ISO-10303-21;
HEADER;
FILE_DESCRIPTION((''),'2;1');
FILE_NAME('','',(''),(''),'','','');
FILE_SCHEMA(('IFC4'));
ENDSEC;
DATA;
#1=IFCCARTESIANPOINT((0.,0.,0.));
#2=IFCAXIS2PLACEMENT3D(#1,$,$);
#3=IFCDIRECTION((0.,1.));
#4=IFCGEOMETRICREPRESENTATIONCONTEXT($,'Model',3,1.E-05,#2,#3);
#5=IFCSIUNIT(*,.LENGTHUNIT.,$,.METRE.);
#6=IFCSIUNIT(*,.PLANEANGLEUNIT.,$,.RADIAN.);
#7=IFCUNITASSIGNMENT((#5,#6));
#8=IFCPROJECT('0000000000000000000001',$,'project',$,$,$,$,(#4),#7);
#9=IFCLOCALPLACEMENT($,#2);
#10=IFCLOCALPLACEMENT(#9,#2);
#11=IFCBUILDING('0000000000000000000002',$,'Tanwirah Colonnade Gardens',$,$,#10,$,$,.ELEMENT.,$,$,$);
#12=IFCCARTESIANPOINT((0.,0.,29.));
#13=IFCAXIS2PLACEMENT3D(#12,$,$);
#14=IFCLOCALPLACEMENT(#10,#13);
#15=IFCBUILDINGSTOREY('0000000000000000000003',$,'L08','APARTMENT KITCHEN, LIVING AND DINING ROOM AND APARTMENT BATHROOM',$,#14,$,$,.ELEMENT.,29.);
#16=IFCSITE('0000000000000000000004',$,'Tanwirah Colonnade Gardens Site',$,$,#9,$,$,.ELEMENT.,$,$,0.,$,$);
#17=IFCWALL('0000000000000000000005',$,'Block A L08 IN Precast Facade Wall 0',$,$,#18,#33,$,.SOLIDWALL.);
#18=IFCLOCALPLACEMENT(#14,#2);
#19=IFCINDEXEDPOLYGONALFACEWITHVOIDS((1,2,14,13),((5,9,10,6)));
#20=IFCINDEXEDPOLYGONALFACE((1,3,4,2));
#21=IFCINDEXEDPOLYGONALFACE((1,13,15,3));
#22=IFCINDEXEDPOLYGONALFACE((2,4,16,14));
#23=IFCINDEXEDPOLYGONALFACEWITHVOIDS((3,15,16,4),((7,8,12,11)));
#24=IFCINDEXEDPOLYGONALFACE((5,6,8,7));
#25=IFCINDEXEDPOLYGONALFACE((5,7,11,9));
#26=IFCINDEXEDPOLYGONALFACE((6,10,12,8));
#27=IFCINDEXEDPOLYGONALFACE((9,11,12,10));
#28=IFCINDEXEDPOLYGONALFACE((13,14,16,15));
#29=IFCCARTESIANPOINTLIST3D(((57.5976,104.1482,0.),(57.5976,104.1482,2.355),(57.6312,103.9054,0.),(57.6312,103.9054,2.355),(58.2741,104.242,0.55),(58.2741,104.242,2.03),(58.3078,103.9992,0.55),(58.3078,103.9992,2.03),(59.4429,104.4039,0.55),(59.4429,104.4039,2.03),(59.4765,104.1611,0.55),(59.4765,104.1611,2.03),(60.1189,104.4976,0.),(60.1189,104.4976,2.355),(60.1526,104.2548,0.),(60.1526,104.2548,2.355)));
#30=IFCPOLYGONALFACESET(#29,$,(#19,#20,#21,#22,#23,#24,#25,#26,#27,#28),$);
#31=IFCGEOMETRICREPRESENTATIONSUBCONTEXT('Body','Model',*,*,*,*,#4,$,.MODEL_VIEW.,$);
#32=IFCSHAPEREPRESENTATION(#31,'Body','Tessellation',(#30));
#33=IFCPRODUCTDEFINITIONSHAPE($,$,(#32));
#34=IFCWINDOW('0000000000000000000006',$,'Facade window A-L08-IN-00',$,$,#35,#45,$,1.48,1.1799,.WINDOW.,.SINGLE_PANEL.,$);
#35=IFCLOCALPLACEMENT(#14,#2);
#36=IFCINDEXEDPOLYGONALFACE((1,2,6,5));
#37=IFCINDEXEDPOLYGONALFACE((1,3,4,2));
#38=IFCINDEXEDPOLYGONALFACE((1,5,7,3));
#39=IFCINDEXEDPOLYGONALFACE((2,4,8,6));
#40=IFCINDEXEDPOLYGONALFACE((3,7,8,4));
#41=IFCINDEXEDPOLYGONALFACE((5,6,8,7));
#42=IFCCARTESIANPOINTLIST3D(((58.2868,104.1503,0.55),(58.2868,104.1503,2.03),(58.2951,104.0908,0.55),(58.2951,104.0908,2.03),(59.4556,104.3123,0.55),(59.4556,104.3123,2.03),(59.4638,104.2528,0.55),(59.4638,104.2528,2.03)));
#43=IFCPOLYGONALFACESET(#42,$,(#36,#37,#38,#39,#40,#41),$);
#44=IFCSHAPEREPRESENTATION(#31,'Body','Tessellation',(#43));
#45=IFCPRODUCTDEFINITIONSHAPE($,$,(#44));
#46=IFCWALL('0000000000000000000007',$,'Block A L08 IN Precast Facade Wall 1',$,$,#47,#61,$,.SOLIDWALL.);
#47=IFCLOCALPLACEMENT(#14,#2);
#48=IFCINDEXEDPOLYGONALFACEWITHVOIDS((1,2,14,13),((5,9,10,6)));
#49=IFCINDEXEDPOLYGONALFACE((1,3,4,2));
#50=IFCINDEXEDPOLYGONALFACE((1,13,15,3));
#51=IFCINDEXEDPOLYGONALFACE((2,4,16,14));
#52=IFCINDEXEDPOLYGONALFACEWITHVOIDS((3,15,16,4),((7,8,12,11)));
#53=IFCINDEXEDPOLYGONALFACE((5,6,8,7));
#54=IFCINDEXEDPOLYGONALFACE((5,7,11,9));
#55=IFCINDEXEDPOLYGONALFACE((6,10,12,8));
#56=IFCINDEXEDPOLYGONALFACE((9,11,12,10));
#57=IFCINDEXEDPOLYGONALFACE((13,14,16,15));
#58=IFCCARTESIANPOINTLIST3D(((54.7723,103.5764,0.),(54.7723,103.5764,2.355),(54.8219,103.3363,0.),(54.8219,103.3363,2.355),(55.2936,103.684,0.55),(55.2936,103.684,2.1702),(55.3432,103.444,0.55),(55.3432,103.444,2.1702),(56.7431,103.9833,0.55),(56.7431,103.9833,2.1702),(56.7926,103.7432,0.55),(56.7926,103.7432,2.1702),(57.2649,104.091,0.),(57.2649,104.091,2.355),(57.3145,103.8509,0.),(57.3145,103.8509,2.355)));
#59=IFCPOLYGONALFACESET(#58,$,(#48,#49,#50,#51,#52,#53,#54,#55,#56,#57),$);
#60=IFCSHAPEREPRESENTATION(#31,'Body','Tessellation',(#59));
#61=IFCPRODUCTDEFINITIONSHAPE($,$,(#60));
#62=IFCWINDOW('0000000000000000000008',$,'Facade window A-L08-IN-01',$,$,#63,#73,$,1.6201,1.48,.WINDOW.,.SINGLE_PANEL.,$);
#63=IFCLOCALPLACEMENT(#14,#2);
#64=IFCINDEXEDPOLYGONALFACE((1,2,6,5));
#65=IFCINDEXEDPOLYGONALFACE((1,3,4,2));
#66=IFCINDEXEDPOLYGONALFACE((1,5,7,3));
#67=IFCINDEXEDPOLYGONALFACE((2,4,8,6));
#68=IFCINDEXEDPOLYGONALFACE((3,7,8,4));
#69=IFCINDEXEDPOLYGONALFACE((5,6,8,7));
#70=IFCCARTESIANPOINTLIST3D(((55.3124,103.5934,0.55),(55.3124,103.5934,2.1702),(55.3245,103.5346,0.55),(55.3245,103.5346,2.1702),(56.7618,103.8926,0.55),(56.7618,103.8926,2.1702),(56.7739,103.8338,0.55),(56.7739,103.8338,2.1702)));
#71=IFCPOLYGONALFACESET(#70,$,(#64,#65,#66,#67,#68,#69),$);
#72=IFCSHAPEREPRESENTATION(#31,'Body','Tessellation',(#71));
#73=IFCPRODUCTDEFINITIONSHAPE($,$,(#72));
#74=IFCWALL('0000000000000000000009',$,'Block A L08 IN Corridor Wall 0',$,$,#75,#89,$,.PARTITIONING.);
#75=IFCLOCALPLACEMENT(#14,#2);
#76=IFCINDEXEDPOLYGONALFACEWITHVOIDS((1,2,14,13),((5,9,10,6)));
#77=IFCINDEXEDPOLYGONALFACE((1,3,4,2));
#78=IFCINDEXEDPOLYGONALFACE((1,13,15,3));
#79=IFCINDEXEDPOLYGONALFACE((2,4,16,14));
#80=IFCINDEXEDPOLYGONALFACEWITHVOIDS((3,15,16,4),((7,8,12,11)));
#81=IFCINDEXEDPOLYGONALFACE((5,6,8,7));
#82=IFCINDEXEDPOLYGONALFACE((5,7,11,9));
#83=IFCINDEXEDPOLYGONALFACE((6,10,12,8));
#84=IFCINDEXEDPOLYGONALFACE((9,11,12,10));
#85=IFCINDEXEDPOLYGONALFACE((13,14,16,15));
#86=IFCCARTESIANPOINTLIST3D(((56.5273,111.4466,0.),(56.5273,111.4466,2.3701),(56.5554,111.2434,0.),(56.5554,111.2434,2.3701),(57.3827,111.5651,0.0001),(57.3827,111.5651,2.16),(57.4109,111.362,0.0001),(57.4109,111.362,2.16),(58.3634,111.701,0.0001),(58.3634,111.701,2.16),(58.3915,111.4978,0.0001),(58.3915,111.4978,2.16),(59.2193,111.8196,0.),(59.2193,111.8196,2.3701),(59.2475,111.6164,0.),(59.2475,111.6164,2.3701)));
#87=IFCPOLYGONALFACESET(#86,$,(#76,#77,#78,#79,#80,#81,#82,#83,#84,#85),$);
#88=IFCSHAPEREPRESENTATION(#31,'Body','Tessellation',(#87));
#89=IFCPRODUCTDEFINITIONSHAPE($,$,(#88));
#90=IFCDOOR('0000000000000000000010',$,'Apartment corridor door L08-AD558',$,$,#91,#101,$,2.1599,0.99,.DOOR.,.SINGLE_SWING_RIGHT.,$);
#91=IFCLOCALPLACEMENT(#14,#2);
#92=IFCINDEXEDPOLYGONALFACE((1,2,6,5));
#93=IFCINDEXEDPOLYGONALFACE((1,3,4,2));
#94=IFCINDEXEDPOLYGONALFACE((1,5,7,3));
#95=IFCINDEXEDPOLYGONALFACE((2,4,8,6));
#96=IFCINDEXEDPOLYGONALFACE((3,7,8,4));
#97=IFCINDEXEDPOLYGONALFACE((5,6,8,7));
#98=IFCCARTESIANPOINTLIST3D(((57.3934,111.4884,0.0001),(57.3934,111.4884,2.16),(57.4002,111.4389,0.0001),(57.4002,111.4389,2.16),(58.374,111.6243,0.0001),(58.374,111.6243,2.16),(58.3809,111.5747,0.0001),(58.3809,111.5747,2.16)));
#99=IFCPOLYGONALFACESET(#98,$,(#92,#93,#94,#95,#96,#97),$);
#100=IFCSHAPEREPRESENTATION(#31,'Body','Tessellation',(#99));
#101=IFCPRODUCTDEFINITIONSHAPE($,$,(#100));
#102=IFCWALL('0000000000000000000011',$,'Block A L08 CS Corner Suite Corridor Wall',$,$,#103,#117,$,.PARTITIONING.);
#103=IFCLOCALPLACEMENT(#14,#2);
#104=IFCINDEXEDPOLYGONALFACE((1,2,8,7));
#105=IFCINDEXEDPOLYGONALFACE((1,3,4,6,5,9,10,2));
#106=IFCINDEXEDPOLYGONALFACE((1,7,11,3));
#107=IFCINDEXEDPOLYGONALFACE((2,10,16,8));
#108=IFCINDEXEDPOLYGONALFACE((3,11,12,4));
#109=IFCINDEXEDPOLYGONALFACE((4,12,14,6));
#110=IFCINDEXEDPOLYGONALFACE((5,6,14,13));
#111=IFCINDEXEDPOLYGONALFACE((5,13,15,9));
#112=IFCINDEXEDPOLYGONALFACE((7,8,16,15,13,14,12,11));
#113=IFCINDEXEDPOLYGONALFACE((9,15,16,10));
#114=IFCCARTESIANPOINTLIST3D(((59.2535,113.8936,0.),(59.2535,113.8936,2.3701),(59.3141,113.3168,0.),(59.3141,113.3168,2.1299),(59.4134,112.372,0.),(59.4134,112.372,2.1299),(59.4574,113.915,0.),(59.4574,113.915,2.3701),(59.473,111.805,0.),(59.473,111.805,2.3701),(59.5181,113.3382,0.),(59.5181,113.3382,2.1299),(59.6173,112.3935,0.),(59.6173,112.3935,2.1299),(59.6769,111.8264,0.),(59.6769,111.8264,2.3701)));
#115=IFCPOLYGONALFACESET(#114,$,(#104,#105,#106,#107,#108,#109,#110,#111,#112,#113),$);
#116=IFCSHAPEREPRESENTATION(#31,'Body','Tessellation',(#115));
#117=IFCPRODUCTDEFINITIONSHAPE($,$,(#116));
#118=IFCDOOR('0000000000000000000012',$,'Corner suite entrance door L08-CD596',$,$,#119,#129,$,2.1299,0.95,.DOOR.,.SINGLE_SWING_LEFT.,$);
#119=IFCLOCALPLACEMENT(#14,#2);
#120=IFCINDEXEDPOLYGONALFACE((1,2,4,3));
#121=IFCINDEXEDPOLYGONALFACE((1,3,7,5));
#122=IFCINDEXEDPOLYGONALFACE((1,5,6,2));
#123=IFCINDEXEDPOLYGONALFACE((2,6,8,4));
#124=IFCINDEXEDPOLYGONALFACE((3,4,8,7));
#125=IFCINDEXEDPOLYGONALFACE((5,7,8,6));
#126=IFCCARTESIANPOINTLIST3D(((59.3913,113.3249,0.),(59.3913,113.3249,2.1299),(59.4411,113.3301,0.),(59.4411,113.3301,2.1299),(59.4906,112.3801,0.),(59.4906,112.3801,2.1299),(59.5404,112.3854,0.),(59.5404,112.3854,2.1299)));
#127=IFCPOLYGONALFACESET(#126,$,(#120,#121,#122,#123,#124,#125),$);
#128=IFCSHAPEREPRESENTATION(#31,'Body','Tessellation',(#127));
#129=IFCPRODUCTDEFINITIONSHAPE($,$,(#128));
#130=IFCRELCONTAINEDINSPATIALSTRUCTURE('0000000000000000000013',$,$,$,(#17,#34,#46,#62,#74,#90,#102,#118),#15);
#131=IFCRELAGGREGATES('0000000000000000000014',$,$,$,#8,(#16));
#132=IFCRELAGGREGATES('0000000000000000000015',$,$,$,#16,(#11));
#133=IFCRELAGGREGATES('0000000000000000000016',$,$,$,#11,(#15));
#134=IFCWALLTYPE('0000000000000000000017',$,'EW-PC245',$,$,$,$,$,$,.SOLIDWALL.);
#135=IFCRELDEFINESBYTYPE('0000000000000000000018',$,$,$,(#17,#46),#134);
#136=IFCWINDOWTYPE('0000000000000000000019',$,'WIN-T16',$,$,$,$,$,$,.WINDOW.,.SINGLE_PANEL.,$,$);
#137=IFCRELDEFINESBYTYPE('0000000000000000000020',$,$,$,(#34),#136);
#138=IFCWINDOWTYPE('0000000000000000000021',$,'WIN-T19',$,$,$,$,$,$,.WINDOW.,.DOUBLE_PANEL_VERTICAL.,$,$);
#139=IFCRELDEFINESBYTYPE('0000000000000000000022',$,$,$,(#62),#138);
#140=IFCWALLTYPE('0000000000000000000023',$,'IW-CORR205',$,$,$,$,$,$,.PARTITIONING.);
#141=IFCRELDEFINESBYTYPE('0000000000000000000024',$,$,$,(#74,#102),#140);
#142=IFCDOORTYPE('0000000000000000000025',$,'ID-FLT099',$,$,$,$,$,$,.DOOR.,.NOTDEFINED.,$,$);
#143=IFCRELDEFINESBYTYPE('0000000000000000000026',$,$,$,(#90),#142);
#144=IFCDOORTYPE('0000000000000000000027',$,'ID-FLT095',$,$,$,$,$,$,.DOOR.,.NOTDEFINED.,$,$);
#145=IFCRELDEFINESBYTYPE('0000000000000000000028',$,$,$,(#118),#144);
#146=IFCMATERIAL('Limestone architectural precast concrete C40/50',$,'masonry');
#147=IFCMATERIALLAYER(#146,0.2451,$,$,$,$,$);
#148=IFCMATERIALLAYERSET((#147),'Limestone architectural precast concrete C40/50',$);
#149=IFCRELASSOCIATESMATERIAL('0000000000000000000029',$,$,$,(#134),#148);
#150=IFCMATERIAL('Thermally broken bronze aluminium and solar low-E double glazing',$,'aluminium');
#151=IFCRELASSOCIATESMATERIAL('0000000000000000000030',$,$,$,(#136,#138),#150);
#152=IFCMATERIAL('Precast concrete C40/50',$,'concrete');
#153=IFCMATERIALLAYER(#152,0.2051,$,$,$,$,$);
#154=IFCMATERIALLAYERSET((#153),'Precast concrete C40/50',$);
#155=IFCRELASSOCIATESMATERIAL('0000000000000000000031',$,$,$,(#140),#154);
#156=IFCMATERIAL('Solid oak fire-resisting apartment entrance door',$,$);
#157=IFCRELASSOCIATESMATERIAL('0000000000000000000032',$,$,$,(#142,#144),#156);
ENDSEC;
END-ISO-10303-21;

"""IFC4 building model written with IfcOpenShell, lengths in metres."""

from ifc_helpers import new_model, si_unit, direction, frame, frame_2d, origin, place, context, subcontext, project, spatial, rectangle, extrude, material, layer, layer_set, type_object, element, fill, save


model = new_model("IFC4")

# Units and contexts
model_context = context("Model", 3, precision=1e-05, world=origin(), true_north=direction((0.0, 1.0)))
body_context = subcontext(model_context, "Body", "Model", "MODEL_VIEW")
ifc_project = project(units=[si_unit("LENGTHUNIT", "METRE"), si_unit("PLANEANGLEUNIT", "RADIAN")], contexts=[model_context])

# Site, building, storey
site_placement = place(None, origin())
site = spatial("IfcSite", under=ifc_project, at=site_placement, Name="Tanwirah Colonnade Gardens Site", CompositionType="ELEMENT", RefElevation=0.0)
building_placement = place(site_placement, origin())
building = spatial("IfcBuilding", under=site, at=building_placement, Name="Tanwirah Colonnade Gardens", CompositionType="ELEMENT")
storey_placement = place(building_placement, frame((0.0, 0.0, 29.0)))
storey = spatial("IfcBuildingStorey", under=building, at=storey_placement, Name="L08", Description="APARTMENT KITCHEN, LIVING AND DINING ROOM AND APARTMENT BATHROOM", CompositionType="ELEMENT", Elevation=29.0)

# Shared definitions
ifc_material_1 = material(Name="Precast concrete C40/50", Category="concrete")

# Walls, openings, windows
ifc_material_2 = material(Name="Limestone architectural precast concrete C40/50", Category="masonry")
ifc_layer_1 = layer(ifc_material_2, 0.2451)
ifc_layer_set_1 = layer_set([ifc_layer_1], Name="Limestone architectural precast concrete C40/50")
wall_type_1 = type_object("IfcWallType", Name="EW-PC245", PredefinedType="SOLIDWALL", material=ifc_layer_set_1)
wall_1_placement = place(storey_placement, frame((60.1357, 104.3762, 0.0), z_axis=(0.0, 0.0, 1.0), x_axis=(-0.990535, -0.137257, 0.0)))
wall_1 = element("IfcWall", 1, at=wall_1_placement, inside=storey, type_object=wall_type_1, Name="Block A L08 IN Precast Facade Wall 0", PredefinedType="SOLIDWALL", context=body_context, shape_type="SweptSolid", body=[
    extrude(rectangle(XDim=2.5454, YDim=0.2451, at=frame_2d((1.2727, 0.0))), origin(), (0.0, 0.0, 1.0), 2.355),
])
opening_1_placement = place(wall_1_placement, frame((0.6826, 0.0, 0.55)))
opening_1 = element("IfcOpeningElement", 2, at=opening_1_placement, cuts=wall_1, PredefinedType="OPENING", context=body_context, shape_type="SweptSolid", body=[
    extrude(rectangle(XDim=1.1799, YDim=1.48, at=frame_2d((0.5898, 0.74))), frame((0.0, 0.1326, 0.0), z_axis=(0.0, -1.0, 0.0), x_axis=(1.0, 0.0, 0.0)), (0.0, 0.0, 1.0), 0.2651),
])
ifc_material_3 = material(Name="Thermally broken bronze aluminium and solar low-E double glazing", Category="aluminium")
window_type_1 = type_object("IfcWindowType", Name="WIN-T16", PartitioningType="SINGLE_PANEL", PredefinedType="WINDOW", material=ifc_material_3)
window_1_placement = place(opening_1_placement, origin())
window_1 = element("IfcWindow", 3, at=window_1_placement, inside=storey, type_object=window_type_1, Name="Facade window A-L08-IN-00", OverallHeight=1.48, OverallWidth=1.1799, PartitioningType="SINGLE_PANEL", PredefinedType="WINDOW", context=body_context, shape_type="SweptSolid", body=[
    extrude(rectangle(XDim=1.1799, YDim=1.48, at=frame_2d((0.5898, 0.74))), frame((0.0, 0.03, 0.0), z_axis=(0.0, -1.0, 0.0), x_axis=(1.0, 0.0, 0.0)), (0.0, 0.0, 1.0), 0.0601),
])
fill(opening_1, window_1)
wall_2_placement = place(storey_placement, frame((57.2896, 103.9709, 0.0), z_axis=(0.0, 0.0, 1.0), x_axis=(-0.979344, -0.2022, 0.0)))
wall_2 = element("IfcWall", 4, at=wall_2_placement, inside=storey, type_object=wall_type_1, Name="Block A L08 IN Precast Facade Wall 1", PredefinedType="SOLIDWALL", context=body_context, shape_type="SweptSolid", body=[
    extrude(rectangle(XDim=2.5452, YDim=0.2451, at=frame_2d((1.2725, 0.0))), origin(), (0.0, 0.0, 1.0), 2.355),
])
opening_2_placement = place(wall_2_placement, frame((0.5327, 0.0, 0.55)))
opening_2 = element("IfcOpeningElement", 5, at=opening_2_placement, cuts=wall_2, PredefinedType="OPENING", context=body_context, shape_type="SweptSolid", body=[
    extrude(rectangle(XDim=1.48, YDim=1.6201, at=frame_2d((0.74, 0.8101))), frame((0.0, 0.1326, 0.0), z_axis=(0.0, -1.0, 0.0), x_axis=(1.0, 0.0, 0.0)), (0.0, 0.0, 1.0), 0.2651),
])
window_type_2 = type_object("IfcWindowType", Name="WIN-T19", PartitioningType="DOUBLE_PANEL_VERTICAL", PredefinedType="WINDOW", material=ifc_material_3)
window_2_placement = place(opening_2_placement, origin())
window_2 = element("IfcWindow", 6, at=window_2_placement, inside=storey, type_object=window_type_2, Name="Facade window A-L08-IN-01", OverallHeight=1.6201, OverallWidth=1.48, PartitioningType="SINGLE_PANEL", PredefinedType="WINDOW", context=body_context, shape_type="SweptSolid", body=[
    extrude(rectangle(XDim=1.48, YDim=1.6201, at=frame_2d((0.74, 0.8101))), frame((0.0, 0.03, 0.0), z_axis=(0.0, -1.0, 0.0), x_axis=(1.0, 0.0, 0.0)), (0.0, 0.0, 1.0), 0.0601),
])
fill(opening_2, window_2)

# Walls, openings, doors
ifc_layer_2 = layer(ifc_material_1, 0.2051)
ifc_layer_set_2 = layer_set([ifc_layer_2], Name="Precast concrete C40/50")
wall_type_2 = type_object("IfcWallType", Name="IW-CORR205", PredefinedType="PARTITIONING", material=ifc_layer_set_2)
wall_3_placement = place(storey_placement, frame((59.2334, 111.718, 0.0), z_axis=(0.0, 0.0, 1.0), x_axis=(-0.990535, -0.137257, 0.0)))
wall_3 = element("IfcWall", 7, at=wall_3_placement, inside=storey, type_object=wall_type_2, Name="Block A L08 IN Corridor Wall 0", PredefinedType="PARTITIONING", context=body_context, shape_type="SweptSolid", body=[
    extrude(rectangle(XDim=2.7178, YDim=0.2051, at=frame_2d((1.3589, 0.0))), origin(), (0.0, 0.0, 1.0), 2.3701),
])
opening_3_placement = place(wall_3_placement, frame((0.864, 0.0, 0.0)))
opening_3 = element("IfcOpeningElement", 8, at=opening_3_placement, cuts=wall_3, PredefinedType="OPENING", context=body_context, shape_type="SweptSolid", body=[
    extrude(rectangle(XDim=0.99, YDim=2.1599, at=frame_2d((0.4951, 1.0801))), frame((0.0, 0.1125, 0.0), z_axis=(0.0, -1.0, 0.0), x_axis=(1.0, 0.0, 0.0)), (0.0, 0.0, 1.0), 0.2251),
])
ifc_material_4 = material(Name="Solid oak fire-resisting apartment entrance door")
door_type_1 = type_object("IfcDoorType", Name="ID-FLT099", OperationType="NOTDEFINED", PredefinedType="DOOR", material=ifc_material_4)
door_1_placement = place(opening_3_placement, origin())
door_1 = element("IfcDoor", 9, at=door_1_placement, inside=storey, type_object=door_type_1, Name="Apartment corridor door L08-AD558", OperationType="SINGLE_SWING_RIGHT", OverallHeight=2.1599, OverallWidth=0.99, PredefinedType="DOOR", context=body_context, shape_type="SweptSolid", body=[
    extrude(rectangle(XDim=0.99, YDim=2.1599, at=frame_2d((0.4951, 1.0801))), frame((0.0, 0.0249, 0.0), z_axis=(0.0, -1.0, 0.0), x_axis=(1.0, 0.0, 0.0)), (0.0, 0.0, 1.0), 0.05),
])
fill(opening_3, door_1)
wall_4_placement = place(storey_placement, frame((59.575, 111.8157, 0.0), z_axis=(0.0, 0.0, 1.0), x_axis=(-0.104509, 0.994524, 0.0)))
wall_4 = element("IfcWall", 10, at=wall_4_placement, inside=storey, type_object=wall_type_2, Name="Block A L08 CS Corner Suite Corridor Wall", PredefinedType="PARTITIONING", context=body_context, shape_type="SweptSolid", body=[
    extrude(rectangle(XDim=2.1001, YDim=0.2051, at=frame_2d((1.05, 0.0))), origin(), (0.0, 0.0, 1.0), 2.3701),
])
opening_4_placement = place(wall_4_placement, frame((0.5701, 0.0, 0.0)))
opening_4 = element("IfcOpeningElement", 11, at=opening_4_placement, cuts=wall_4, PredefinedType="OPENING", context=body_context, shape_type="SweptSolid", body=[
    extrude(rectangle(XDim=0.95, YDim=2.1299, at=frame_2d((0.4751, 1.0649))), frame((0.0, 0.1125, 0.0), z_axis=(0.0, -1.0, 0.0), x_axis=(1.0, 0.0, 0.0)), (0.0, 0.0, 1.0), 0.2251),
])
door_type_2 = type_object("IfcDoorType", Name="ID-FLT095", OperationType="NOTDEFINED", PredefinedType="DOOR", material=ifc_material_4)
door_2_placement = place(opening_4_placement, origin())
door_2 = element("IfcDoor", 12, at=door_2_placement, inside=storey, type_object=door_type_2, Name="Corner suite entrance door L08-CD596", OperationType="SINGLE_SWING_LEFT", OverallHeight=2.1299, OverallWidth=0.95, PredefinedType="DOOR", context=body_context, shape_type="SweptSolid", body=[
    extrude(rectangle(XDim=0.95, YDim=2.1299, at=frame_2d((0.4751, 1.0649))), frame((0.0, 0.0249, 0.0), z_axis=(0.0, -1.0, 0.0), x_axis=(1.0, 0.0, 0.0)), (0.0, 0.0, 1.0), 0.05),
])
fill(opening_4, door_2)

save(model, "model.ifc")
